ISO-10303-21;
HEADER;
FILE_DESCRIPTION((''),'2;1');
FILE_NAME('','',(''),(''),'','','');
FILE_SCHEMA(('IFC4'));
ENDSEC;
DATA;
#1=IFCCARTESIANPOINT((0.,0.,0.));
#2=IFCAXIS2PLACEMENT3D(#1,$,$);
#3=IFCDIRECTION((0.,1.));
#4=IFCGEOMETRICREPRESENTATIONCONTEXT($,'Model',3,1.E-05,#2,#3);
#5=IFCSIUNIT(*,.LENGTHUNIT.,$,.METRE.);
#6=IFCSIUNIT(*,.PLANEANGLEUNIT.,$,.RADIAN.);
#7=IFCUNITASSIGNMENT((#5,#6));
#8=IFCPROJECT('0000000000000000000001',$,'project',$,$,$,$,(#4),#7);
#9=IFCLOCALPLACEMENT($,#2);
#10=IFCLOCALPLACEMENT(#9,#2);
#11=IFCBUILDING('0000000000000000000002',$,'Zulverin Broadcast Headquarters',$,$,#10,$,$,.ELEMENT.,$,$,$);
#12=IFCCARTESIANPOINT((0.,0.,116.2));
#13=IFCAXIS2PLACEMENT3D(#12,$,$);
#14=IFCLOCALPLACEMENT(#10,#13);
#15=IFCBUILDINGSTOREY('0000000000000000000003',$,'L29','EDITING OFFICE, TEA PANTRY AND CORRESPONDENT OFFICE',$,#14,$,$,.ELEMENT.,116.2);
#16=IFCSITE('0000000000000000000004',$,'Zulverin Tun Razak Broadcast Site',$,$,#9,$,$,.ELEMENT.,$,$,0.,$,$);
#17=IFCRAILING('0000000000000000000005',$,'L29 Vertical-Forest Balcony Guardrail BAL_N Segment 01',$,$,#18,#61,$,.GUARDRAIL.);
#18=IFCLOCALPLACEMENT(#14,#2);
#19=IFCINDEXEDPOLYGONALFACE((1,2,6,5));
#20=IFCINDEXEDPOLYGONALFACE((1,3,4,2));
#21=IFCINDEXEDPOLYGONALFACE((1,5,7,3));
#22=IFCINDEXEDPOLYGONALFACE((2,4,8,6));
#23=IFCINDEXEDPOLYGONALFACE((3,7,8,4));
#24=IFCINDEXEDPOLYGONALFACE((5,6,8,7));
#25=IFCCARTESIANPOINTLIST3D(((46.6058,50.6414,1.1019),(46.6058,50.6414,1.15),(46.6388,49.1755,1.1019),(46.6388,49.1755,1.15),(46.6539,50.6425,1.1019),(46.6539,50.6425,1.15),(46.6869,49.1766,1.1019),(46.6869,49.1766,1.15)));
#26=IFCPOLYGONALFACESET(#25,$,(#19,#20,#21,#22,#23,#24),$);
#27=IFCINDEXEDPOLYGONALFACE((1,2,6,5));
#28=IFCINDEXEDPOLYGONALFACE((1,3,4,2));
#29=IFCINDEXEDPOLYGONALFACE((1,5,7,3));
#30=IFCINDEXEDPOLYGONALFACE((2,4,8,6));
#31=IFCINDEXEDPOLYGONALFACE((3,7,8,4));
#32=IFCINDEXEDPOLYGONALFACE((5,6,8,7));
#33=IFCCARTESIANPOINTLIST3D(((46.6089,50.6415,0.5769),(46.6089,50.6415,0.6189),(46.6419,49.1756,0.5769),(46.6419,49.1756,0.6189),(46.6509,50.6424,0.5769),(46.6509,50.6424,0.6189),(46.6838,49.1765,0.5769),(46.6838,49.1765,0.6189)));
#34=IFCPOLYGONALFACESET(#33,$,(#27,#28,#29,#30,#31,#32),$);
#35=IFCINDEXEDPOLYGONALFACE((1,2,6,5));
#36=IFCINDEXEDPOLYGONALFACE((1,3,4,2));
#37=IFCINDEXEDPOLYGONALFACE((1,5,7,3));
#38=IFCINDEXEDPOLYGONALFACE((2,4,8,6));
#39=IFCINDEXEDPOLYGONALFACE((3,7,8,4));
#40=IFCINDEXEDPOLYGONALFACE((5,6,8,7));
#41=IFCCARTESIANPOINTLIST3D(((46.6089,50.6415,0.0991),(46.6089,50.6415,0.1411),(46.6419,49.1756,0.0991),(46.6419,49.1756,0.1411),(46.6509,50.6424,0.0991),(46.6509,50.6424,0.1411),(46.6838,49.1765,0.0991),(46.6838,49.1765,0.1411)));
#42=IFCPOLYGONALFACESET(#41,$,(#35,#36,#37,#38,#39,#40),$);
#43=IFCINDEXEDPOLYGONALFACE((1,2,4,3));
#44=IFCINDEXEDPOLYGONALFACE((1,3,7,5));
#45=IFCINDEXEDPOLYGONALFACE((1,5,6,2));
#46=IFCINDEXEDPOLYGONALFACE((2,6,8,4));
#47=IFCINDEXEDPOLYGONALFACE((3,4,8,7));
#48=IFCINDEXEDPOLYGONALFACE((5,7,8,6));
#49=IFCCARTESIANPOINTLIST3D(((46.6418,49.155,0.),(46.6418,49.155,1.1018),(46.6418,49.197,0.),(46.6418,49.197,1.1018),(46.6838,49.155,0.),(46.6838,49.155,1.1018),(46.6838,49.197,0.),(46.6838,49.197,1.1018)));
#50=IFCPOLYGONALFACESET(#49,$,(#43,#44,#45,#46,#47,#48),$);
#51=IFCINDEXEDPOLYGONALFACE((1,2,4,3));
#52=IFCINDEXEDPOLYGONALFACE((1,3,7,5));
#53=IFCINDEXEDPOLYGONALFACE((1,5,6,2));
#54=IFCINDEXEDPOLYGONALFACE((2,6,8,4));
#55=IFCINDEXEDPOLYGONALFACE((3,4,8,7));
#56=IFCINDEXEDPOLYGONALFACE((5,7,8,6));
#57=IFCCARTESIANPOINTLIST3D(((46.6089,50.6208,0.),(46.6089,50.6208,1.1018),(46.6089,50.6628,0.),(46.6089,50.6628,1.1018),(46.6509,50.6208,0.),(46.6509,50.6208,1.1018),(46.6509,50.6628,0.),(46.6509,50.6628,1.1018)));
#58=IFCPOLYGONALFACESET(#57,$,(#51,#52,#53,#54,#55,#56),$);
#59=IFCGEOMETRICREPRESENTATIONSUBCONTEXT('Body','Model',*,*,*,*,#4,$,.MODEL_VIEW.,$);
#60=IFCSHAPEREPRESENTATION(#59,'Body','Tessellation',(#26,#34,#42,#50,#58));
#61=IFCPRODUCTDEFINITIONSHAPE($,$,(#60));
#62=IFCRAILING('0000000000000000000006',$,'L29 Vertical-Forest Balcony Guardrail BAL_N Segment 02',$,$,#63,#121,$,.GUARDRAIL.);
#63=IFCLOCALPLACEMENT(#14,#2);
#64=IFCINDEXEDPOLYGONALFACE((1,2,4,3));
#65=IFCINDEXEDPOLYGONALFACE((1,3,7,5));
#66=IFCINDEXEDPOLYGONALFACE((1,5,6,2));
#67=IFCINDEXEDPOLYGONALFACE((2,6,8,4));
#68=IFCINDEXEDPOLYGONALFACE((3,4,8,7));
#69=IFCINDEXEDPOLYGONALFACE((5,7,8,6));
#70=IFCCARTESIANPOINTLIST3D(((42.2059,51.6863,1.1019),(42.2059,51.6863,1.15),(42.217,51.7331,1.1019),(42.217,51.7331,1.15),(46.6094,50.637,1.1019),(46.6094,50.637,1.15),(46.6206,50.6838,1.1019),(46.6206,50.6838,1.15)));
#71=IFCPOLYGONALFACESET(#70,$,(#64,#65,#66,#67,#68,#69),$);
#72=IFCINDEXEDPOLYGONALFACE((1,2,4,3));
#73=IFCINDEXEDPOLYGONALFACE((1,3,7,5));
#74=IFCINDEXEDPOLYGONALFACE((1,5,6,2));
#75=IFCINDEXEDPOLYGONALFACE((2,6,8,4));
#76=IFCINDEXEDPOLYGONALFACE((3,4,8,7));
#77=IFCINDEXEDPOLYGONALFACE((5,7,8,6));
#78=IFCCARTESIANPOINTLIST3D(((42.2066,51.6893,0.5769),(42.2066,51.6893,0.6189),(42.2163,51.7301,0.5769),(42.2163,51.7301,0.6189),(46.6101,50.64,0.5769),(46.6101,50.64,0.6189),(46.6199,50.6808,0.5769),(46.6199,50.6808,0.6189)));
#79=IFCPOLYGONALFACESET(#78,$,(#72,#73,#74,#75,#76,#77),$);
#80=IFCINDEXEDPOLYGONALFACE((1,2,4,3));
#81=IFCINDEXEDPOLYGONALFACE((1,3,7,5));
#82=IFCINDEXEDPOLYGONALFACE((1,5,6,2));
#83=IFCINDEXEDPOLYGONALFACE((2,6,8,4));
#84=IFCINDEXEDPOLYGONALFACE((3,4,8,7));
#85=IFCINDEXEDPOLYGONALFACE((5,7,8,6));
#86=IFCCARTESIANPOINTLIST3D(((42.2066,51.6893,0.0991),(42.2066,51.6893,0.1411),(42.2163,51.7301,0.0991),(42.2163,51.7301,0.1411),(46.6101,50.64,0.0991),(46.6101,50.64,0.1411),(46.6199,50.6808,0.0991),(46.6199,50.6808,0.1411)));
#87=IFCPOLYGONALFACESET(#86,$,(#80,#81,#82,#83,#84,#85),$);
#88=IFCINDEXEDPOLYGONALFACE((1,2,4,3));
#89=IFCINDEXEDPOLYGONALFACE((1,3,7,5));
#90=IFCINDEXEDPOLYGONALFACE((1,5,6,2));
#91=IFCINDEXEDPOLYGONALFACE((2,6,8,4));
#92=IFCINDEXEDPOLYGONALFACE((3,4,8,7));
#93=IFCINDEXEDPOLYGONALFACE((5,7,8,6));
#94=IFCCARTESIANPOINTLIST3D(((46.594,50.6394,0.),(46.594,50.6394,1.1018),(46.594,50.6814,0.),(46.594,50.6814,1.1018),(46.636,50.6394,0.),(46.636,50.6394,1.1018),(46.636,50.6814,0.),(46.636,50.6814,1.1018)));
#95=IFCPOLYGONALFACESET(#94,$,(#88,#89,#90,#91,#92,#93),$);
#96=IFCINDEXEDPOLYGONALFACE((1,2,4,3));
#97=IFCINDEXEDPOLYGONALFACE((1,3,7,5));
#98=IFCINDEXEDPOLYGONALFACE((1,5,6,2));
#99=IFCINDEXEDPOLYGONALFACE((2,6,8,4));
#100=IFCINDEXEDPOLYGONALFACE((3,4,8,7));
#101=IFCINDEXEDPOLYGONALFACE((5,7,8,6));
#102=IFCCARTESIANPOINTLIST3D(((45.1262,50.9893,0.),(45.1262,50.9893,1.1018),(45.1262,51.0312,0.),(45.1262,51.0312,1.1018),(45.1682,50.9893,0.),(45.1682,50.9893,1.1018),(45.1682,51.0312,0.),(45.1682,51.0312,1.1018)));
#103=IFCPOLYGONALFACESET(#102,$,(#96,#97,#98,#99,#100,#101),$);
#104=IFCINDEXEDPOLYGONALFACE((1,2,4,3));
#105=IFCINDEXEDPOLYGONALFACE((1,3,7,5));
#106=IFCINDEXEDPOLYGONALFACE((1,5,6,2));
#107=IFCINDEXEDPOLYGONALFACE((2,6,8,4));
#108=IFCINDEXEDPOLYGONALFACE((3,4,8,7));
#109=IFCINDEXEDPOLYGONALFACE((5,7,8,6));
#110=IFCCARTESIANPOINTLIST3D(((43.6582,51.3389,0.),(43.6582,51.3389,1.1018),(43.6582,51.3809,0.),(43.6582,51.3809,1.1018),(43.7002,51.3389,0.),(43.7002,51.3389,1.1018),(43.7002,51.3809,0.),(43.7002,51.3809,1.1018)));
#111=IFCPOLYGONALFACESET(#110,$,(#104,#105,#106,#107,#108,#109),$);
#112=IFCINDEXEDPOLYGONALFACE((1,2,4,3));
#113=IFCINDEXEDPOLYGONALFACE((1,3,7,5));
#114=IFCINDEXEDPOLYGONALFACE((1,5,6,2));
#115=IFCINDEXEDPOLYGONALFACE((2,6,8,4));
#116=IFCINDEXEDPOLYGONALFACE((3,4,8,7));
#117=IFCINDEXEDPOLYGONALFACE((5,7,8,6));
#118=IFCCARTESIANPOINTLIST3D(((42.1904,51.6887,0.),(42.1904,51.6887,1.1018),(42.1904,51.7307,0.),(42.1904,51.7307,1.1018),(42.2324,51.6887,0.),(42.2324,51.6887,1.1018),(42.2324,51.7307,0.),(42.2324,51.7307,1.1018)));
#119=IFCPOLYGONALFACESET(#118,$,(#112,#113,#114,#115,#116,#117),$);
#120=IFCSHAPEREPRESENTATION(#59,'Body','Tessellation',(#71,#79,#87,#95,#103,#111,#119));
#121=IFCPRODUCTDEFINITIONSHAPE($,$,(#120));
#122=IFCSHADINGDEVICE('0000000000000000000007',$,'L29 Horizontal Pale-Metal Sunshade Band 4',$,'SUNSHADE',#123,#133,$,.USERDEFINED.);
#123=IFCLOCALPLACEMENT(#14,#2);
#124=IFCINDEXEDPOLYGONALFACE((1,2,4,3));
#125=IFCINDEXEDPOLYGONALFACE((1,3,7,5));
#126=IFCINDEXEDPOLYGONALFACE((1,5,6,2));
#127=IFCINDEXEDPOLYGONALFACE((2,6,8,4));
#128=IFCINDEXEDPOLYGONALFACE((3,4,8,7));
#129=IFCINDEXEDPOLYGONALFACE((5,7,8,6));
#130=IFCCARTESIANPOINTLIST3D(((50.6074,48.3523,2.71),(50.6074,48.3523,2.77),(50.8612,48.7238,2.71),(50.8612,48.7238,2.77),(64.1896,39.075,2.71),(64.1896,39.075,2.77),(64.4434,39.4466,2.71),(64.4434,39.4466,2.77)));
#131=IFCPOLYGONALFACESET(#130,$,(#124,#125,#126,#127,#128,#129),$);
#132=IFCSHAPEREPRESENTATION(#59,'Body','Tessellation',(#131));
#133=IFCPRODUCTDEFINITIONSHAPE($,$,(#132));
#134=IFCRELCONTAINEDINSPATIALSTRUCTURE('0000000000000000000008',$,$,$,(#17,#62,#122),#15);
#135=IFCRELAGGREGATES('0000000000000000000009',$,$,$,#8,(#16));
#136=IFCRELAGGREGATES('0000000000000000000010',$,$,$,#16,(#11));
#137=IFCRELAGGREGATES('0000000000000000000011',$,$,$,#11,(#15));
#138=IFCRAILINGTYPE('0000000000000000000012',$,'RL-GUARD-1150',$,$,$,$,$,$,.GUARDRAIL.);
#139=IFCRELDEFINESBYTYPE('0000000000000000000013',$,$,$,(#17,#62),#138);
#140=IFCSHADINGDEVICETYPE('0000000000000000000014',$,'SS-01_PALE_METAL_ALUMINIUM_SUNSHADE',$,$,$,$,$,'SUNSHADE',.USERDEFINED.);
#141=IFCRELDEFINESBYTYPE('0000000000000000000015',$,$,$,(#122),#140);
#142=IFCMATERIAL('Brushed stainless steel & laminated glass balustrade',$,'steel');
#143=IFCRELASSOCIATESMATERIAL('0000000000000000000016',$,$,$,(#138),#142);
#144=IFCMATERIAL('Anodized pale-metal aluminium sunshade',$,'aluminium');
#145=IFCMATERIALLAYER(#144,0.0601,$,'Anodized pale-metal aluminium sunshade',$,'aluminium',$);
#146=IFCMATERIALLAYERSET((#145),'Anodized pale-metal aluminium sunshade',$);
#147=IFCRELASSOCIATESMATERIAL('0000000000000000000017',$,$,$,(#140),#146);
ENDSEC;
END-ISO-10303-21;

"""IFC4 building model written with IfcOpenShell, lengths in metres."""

from ifc_helpers import new_model, si_unit, direction, frame, origin, origin_2d, place, context, subcontext, project, spatial, rectangle, extrude, material, layer, layer_set, type_object, element, save


model = new_model("IFC4")

# Units and contexts
model_context = context("Model", 3, precision=1e-05, world=origin(), true_north=direction((0.0, 1.0)))
body_context = subcontext(model_context, "Body", "Model", "MODEL_VIEW")
ifc_project = project(units=[si_unit("LENGTHUNIT", "METRE"), si_unit("PLANEANGLEUNIT", "RADIAN")], contexts=[model_context])

# Site, building, storey
site_placement = place(None, origin())
site = spatial("IfcSite", under=ifc_project, at=site_placement, Name="Zulverin Tun Razak Broadcast Site", CompositionType="ELEMENT", RefElevation=0.0)
building_placement = place(site_placement, origin())
building = spatial("IfcBuilding", under=site, at=building_placement, Name="Zulverin Broadcast Headquarters", CompositionType="ELEMENT")
storey_placement = place(building_placement, frame((0.0, 0.0, 116.2)))
storey = spatial("IfcBuildingStorey", under=building, at=storey_placement, Name="L29", Description="EDITING OFFICE, TEA PANTRY AND CORRESPONDENT OFFICE", CompositionType="ELEMENT", Elevation=116.2)

# Railings
ifc_material_1 = material(Name="Brushed stainless steel & laminated glass balustrade", Category="steel")
railing_type = type_object("IfcRailingType", Name="RL-GUARD-1150", PredefinedType="GUARDRAIL", material=ifc_material_1)
railing_1_placement = place(storey_placement, frame((46.6628, 49.176, 0.0)))
element("IfcRailing", 1, at=railing_1_placement, inside=storey, type_object=railing_type, Name="L29 Vertical-Forest Balcony Guardrail BAL_N Segment 01", PredefinedType="GUARDRAIL", context=body_context, shape_type="SweptSolid", body=[
    extrude(rectangle(XDim=0.0481, YDim=0.0481, at=origin_2d()), frame((0.0, 0.0, 1.126), z_axis=(-0.022479, 0.999747, 0.0), x_axis=(-0.999747, -0.022479, 0.0)), (0.0, 0.0, 1.0), 1.4663),
    extrude(rectangle(XDim=0.042, YDim=0.042, at=origin_2d()), frame((0.0, 0.0, 0.5979), z_axis=(-0.022479, 0.999747, 0.0), x_axis=(-0.999747, -0.022479, 0.0)), (0.0, 0.0, 1.0), 1.4663),
    extrude(rectangle(XDim=0.042, YDim=0.042, at=origin_2d()), frame((0.0, 0.0, 0.1201), z_axis=(-0.022479, 0.999747, 0.0), x_axis=(-0.999747, -0.022479, 0.0)), (0.0, 0.0, 1.0), 1.4663),
    extrude(rectangle(XDim=0.042, YDim=0.042, at=origin_2d()), origin(), (0.0, 0.0, 1.0), 1.1018),
    extrude(rectangle(XDim=0.042, YDim=0.042, at=origin_2d()), frame((-0.033, 1.4658, 0.0)), (0.0, 0.0, 1.0), 1.1018),
])
railing_2_placement = place(storey_placement, frame((46.615, 50.6604, 0.0)))
element("IfcRailing", 2, at=railing_2_placement, inside=storey, type_object=railing_type, Name="L29 Vertical-Forest Balcony Guardrail BAL_N Segment 02", PredefinedType="GUARDRAIL", context=body_context, shape_type="SweptSolid", body=[
    extrude(rectangle(XDim=0.0481, YDim=0.0481, at=origin_2d()), frame((0.0, 0.0, 1.126), z_axis=(-0.972764, 0.231798, 0.0), x_axis=(-0.231798, -0.972764, 0.0)), (0.0, 0.0, 1.0), 4.5269),
    extrude(rectangle(XDim=0.042, YDim=0.042, at=origin_2d()), frame((0.0, 0.0, 0.5979), z_axis=(-0.972764, 0.231798, 0.0), x_axis=(-0.231798, -0.972764, 0.0)), (0.0, 0.0, 1.0), 4.5269),
    extrude(rectangle(XDim=0.042, YDim=0.042, at=origin_2d()), frame((0.0, 0.0, 0.1201), z_axis=(-0.972764, 0.231798, 0.0), x_axis=(-0.231798, -0.972764, 0.0)), (0.0, 0.0, 1.0), 4.5269),
    extrude(rectangle(XDim=0.042, YDim=0.042, at=origin_2d()), origin(), (0.0, 0.0, 1.0), 1.1018),
    extrude(rectangle(XDim=0.042, YDim=0.042, at=origin_2d()), frame((-1.4678, 0.3499, 0.0)), (0.0, 0.0, 1.0), 1.1018),
    extrude(rectangle(XDim=0.042, YDim=0.042, at=origin_2d()), frame((-2.9358, 0.6995, 0.0)), (0.0, 0.0, 1.0), 1.1018),
    extrude(rectangle(XDim=0.042, YDim=0.042, at=origin_2d()), frame((-4.4036, 1.0493, 0.0)), (0.0, 0.0, 1.0), 1.1018),
])

# Shading device
ifc_material_2 = material(Name="Anodized pale-metal aluminium sunshade", Category="aluminium")
ifc_layer_1 = layer(ifc_material_2, 0.0601, Name="Anodized pale-metal aluminium sunshade", Category="aluminium")
ifc_layer_set_1 = layer_set([ifc_layer_1], Name="Anodized pale-metal aluminium sunshade")
shading_device_type = type_object("IfcShadingDeviceType", Name="SS-01_PALE_METAL_ALUMINIUM_SUNSHADE", ElementType="SUNSHADE", PredefinedType="USERDEFINED", material=ifc_layer_set_1)
shading_device_placement = place(storey_placement, frame((57.5254, 43.8994, 2.71), z_axis=(0.0, 0.0, 1.0), x_axis=(-0.825757, 0.564026, 0.0)))
element("IfcShadingDevice", 3, at=shading_device_placement, inside=storey, type_object=shading_device_type, Name="L29 Horizontal Pale-Metal Sunshade Band 4", ObjectType="SUNSHADE", PredefinedType="USERDEFINED", context=body_context, shape_type="SweptSolid", body=[
    extrude(rectangle(XDim=16.4482, YDim=0.45, at=origin_2d()), origin(), (0.0, 0.0, 1.0), 0.0601),
])

save(model, "model.ifc")
